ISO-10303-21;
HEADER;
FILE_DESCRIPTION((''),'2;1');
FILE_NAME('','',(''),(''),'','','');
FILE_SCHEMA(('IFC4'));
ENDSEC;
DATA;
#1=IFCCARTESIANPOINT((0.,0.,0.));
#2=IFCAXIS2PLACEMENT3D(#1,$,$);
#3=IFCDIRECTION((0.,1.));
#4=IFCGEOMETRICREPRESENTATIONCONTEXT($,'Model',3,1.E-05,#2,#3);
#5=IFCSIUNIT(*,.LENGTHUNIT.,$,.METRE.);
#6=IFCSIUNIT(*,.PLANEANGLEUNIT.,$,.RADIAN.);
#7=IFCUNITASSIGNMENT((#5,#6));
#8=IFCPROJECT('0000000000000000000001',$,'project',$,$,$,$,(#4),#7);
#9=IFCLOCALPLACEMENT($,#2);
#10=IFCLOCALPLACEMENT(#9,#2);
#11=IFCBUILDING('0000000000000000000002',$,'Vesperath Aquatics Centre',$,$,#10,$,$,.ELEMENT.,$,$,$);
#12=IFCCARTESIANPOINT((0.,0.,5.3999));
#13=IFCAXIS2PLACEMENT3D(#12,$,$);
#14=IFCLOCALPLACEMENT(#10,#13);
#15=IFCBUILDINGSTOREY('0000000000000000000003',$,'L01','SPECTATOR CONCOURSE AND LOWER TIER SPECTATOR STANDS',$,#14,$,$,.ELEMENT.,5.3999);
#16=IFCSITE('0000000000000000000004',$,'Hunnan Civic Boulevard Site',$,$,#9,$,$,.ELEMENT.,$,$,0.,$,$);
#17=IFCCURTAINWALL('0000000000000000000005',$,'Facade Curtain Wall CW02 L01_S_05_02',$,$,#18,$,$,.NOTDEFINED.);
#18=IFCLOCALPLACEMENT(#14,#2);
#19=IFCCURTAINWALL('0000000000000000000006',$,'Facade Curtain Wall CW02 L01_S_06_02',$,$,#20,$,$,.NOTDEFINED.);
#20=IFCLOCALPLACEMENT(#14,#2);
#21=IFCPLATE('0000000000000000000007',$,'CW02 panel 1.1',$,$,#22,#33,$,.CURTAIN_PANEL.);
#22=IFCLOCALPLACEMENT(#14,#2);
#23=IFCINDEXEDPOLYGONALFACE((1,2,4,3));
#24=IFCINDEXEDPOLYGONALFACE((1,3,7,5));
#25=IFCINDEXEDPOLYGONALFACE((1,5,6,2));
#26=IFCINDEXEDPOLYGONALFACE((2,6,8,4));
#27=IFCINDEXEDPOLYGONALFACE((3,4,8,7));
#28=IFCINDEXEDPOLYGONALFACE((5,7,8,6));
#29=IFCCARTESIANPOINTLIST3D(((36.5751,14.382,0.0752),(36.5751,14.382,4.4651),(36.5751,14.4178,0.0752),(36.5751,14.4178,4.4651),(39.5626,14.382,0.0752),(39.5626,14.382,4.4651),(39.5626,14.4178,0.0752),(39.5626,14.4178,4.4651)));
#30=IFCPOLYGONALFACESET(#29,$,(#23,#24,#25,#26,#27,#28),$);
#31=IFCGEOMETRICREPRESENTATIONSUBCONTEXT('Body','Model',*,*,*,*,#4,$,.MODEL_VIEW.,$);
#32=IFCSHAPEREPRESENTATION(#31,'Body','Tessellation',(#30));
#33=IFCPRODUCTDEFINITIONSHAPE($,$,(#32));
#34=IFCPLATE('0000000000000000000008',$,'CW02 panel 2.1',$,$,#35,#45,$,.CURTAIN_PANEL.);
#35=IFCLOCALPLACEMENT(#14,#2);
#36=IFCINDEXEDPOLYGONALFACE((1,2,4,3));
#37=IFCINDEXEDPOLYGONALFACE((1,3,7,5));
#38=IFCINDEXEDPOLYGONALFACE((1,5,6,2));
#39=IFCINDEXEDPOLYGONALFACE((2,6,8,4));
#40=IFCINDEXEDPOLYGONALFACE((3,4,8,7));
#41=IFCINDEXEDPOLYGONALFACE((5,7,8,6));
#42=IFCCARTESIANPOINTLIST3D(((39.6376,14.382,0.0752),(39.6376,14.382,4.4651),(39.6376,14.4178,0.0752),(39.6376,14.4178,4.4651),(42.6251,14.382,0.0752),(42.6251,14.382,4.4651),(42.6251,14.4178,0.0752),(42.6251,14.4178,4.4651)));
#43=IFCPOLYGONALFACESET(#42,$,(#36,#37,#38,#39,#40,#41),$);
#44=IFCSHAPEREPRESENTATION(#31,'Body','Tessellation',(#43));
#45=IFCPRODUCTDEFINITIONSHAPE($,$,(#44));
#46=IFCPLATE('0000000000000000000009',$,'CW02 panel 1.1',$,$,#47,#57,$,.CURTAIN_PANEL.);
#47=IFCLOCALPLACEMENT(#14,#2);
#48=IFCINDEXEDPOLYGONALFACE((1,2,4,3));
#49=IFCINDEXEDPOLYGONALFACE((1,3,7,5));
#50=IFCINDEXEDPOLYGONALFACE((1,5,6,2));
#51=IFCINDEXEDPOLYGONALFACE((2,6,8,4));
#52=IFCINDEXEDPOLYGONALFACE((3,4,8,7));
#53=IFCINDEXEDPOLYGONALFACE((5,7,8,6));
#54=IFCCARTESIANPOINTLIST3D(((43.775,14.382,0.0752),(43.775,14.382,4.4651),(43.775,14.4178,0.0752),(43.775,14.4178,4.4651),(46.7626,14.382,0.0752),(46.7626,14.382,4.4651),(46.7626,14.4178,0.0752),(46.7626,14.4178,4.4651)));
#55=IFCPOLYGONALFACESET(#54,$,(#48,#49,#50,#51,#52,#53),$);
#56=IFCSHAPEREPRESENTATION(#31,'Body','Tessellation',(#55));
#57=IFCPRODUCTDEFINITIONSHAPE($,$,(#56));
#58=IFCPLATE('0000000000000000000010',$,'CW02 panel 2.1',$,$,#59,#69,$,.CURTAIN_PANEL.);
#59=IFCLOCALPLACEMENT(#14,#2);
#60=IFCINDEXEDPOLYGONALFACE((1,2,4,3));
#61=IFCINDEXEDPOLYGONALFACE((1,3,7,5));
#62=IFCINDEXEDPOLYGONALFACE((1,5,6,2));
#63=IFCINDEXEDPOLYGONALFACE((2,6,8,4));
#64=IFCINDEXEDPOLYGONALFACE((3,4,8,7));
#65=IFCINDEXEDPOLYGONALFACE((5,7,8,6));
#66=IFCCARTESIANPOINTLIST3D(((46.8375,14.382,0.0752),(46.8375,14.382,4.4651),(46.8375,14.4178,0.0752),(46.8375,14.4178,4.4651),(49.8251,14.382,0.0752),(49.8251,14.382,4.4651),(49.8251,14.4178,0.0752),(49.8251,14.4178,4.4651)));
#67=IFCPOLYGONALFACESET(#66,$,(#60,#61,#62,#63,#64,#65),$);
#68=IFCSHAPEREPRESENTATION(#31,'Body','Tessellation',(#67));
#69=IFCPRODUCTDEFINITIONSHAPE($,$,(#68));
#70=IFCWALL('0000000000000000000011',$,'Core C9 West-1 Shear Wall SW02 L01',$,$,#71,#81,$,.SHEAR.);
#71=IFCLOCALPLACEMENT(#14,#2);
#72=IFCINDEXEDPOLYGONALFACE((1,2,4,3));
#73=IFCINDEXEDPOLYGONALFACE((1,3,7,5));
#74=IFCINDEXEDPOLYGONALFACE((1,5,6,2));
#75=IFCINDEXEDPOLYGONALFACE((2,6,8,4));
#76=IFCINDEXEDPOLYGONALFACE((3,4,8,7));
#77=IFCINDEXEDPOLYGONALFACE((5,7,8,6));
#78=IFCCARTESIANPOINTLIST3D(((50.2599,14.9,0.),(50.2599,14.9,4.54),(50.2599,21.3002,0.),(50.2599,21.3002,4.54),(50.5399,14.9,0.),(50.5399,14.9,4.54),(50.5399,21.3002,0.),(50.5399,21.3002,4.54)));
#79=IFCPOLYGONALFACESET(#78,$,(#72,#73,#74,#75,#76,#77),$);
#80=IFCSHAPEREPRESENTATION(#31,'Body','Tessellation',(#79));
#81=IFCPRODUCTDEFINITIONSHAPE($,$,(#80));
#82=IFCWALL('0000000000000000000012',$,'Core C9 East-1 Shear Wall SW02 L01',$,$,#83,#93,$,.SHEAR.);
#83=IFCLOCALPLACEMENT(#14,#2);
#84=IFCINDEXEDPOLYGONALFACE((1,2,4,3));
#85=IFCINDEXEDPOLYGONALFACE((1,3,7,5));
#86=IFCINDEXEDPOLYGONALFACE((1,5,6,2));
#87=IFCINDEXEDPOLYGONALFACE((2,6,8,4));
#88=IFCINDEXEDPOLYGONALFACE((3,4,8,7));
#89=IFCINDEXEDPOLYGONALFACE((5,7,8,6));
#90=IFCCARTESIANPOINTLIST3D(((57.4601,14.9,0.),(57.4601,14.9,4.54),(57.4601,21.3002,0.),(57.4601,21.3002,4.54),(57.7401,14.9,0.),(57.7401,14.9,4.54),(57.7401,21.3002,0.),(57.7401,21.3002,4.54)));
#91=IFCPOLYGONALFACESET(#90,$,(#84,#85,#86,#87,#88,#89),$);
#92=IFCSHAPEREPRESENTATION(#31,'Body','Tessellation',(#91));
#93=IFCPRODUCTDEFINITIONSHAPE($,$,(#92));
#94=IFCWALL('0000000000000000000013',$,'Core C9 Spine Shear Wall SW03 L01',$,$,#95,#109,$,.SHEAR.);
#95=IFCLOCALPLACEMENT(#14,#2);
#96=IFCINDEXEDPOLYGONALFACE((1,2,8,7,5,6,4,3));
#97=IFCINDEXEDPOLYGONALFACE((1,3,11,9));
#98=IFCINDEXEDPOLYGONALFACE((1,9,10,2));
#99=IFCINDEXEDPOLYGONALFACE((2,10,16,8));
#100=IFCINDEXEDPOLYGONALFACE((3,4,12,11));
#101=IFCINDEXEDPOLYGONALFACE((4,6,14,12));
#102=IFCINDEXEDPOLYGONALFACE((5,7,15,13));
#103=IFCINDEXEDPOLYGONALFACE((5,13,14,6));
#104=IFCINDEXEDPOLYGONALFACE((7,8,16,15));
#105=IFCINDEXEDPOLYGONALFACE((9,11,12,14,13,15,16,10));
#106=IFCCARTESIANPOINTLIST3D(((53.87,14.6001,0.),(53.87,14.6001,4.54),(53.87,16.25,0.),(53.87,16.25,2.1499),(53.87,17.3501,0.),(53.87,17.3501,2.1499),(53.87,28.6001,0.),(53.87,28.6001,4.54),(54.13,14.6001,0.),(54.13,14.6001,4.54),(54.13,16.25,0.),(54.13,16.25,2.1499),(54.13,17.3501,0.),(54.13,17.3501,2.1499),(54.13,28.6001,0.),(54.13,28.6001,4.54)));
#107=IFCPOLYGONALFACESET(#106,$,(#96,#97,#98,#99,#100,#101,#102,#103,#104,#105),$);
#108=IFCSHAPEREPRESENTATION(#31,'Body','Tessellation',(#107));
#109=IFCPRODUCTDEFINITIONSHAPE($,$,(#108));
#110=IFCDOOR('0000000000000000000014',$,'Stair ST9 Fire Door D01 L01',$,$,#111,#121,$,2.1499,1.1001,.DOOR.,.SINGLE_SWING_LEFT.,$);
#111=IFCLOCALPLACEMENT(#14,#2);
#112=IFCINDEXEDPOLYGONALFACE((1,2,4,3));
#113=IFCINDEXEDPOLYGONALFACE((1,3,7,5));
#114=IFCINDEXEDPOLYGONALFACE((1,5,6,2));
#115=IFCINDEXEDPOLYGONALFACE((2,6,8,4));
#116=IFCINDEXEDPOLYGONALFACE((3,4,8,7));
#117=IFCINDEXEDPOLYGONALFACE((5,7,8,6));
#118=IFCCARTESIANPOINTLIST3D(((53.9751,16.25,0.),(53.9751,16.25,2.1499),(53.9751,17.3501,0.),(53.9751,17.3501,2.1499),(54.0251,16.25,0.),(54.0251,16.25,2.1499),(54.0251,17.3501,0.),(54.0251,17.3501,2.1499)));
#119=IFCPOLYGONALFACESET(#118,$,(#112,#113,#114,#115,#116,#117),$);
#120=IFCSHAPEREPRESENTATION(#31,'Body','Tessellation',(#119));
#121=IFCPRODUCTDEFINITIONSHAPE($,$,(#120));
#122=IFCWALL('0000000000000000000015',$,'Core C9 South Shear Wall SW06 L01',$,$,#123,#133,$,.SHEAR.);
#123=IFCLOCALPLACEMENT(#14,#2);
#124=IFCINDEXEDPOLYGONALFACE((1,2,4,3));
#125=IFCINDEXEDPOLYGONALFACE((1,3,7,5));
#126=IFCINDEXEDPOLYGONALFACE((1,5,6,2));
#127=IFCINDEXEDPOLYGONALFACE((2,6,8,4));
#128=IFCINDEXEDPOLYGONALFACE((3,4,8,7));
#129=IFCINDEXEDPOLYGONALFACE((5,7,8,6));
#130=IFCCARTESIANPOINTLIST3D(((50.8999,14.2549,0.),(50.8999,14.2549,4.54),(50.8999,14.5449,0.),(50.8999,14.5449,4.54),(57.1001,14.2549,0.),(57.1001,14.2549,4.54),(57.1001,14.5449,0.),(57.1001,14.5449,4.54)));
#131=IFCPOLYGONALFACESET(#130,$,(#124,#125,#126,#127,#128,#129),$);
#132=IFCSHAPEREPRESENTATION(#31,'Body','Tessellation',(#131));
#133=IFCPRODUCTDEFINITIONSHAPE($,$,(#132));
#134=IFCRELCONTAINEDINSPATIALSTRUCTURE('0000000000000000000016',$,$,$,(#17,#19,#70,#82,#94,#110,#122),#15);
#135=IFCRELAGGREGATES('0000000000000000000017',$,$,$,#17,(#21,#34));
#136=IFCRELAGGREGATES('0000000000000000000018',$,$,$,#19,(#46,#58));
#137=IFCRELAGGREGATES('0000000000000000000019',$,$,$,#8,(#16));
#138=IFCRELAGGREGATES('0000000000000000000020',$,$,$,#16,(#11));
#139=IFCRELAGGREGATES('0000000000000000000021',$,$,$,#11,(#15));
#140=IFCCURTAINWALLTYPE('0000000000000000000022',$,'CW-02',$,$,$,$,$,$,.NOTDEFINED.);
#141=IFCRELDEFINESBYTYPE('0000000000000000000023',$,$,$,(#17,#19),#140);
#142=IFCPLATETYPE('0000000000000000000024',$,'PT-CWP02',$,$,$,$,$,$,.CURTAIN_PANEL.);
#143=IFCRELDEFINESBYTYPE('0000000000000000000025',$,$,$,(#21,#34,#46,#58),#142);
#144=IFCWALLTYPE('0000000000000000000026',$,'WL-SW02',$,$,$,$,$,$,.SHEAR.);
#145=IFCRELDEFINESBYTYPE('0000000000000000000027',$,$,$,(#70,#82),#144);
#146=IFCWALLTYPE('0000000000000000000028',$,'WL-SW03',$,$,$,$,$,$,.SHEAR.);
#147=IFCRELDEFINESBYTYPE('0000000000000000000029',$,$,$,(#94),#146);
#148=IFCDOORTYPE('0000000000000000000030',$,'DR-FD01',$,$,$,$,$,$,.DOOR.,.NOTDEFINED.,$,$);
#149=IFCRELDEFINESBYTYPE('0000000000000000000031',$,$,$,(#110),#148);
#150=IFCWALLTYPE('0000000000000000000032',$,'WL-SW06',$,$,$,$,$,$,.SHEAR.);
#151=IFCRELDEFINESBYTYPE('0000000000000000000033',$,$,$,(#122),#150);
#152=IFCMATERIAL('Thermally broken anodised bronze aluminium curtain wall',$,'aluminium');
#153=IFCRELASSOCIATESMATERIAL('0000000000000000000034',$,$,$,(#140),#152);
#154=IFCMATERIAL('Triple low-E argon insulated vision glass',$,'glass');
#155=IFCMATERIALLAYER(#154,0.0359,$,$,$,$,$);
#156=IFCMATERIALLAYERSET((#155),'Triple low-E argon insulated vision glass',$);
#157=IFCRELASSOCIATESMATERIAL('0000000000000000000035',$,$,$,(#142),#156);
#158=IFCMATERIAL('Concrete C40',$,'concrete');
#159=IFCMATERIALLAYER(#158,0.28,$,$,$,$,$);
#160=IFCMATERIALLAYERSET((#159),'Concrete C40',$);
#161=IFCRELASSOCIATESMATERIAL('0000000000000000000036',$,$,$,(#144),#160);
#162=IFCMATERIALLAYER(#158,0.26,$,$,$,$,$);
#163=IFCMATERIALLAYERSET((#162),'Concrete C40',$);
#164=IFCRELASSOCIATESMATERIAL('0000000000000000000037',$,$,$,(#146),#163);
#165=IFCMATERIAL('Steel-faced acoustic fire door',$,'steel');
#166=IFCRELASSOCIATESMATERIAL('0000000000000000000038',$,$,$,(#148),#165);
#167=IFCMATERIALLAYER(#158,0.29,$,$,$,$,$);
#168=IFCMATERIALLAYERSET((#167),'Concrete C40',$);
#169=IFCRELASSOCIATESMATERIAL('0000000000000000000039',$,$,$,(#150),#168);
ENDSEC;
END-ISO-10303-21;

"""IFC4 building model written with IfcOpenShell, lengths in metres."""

from ifc_helpers import new_model, si_unit, direction, frame, frame_2d, origin, origin_2d, place, context, subcontext, project, spatial, rectangle, extrude, material, layer, layer_set, type_object, element, fill, aggregate, save


model = new_model("IFC4")

# Units and contexts
model_context = context("Model", 3, precision=1e-05, world=origin(), true_north=direction((0.0, 1.0)))
body_context = subcontext(model_context, "Body", "Model", "MODEL_VIEW")
ifc_project = project(units=[si_unit("LENGTHUNIT", "METRE"), si_unit("PLANEANGLEUNIT", "RADIAN")], contexts=[model_context])

# Site, building, storey
site_placement = place(None, origin())
site = spatial("IfcSite", under=ifc_project, at=site_placement, Name="Hunnan Civic Boulevard Site", CompositionType="ELEMENT", RefElevation=0.0)
building_placement = place(site_placement, origin())
building = spatial("IfcBuilding", under=site, at=building_placement, Name="Vesperath Aquatics Centre", CompositionType="ELEMENT")
storey_placement = place(building_placement, frame((0.0, 0.0, 5.3999)))
storey = spatial("IfcBuildingStorey", under=building, at=storey_placement, Name="L01", Description="SPECTATOR CONCOURSE AND LOWER TIER SPECTATOR STANDS", CompositionType="ELEMENT", Elevation=5.3999)

# Shared definitions
ifc_material_1 = material(Name="Concrete C40", Category="concrete")

# Curtain walls
ifc_material_2 = material(Name="Thermally broken anodised bronze aluminium curtain wall", Category="aluminium")
curtain_wall_type = type_object("IfcCurtainWallType", Name="CW-02", PredefinedType="NOTDEFINED", material=ifc_material_2)
curtain_wall_1_placement = place(storey_placement, origin())
curtain_wall_1 = element("IfcCurtainWall", 1, at=curtain_wall_1_placement, inside=storey, type_object=curtain_wall_type, Name="Facade Curtain Wall CW02 L01_S_05_02", PredefinedType="NOTDEFINED")
curtain_wall_2_placement = place(storey_placement, origin())
curtain_wall_2 = element("IfcCurtainWall", 2, at=curtain_wall_2_placement, inside=storey, type_object=curtain_wall_type, Name="Facade Curtain Wall CW02 L01_S_06_02", PredefinedType="NOTDEFINED")

# Plates
ifc_material_3 = material(Name="Triple low-E argon insulated vision glass", Category="glass")
ifc_layer_1 = layer(ifc_material_3, 0.0359)
ifc_layer_set_1 = layer_set([ifc_layer_1], Name="Triple low-E argon insulated vision glass")
plate_type = type_object("IfcPlateType", Name="PT-CWP02", PredefinedType="CURTAIN_PANEL", material=ifc_layer_set_1)
plate_1_placement = place(storey_placement, frame((38.0688, 14.3999, 0.0752), z_axis=(0.0, 0.0, 1.0), x_axis=(1.0, 0.0, 0.0)))
plate_1 = element("IfcPlate", 3, at=plate_1_placement, type_object=plate_type, Name="CW02 panel 1.1", PredefinedType="CURTAIN_PANEL", context=body_context, shape_type="SweptSolid", body=[
    extrude(rectangle(XDim=2.9875, YDim=0.0359, at=origin_2d()), origin(), (0.0, 0.0, 1.0), 4.3899),
])
plate_2_placement = place(storey_placement, frame((41.1313, 14.3999, 0.0752), z_axis=(0.0, 0.0, 1.0), x_axis=(1.0, 0.0, 0.0)))
plate_2 = element("IfcPlate", 4, at=plate_2_placement, type_object=plate_type, Name="CW02 panel 2.1", PredefinedType="CURTAIN_PANEL", context=body_context, shape_type="SweptSolid", body=[
    extrude(rectangle(XDim=2.9875, YDim=0.0359, at=origin_2d()), origin(), (0.0, 0.0, 1.0), 4.3899),
])
aggregate(curtain_wall_1, [plate_1, plate_2])
plate_3_placement = place(storey_placement, frame((45.2688, 14.3999, 0.0752), z_axis=(0.0, 0.0, 1.0), x_axis=(1.0, 0.0, 0.0)))
plate_3 = element("IfcPlate", 5, at=plate_3_placement, type_object=plate_type, Name="CW02 panel 1.1", PredefinedType="CURTAIN_PANEL", context=body_context, shape_type="SweptSolid", body=[
    extrude(rectangle(XDim=2.9875, YDim=0.0359, at=origin_2d()), origin(), (0.0, 0.0, 1.0), 4.3899),
])
plate_4_placement = place(storey_placement, frame((48.3313, 14.3999, 0.0752), z_axis=(0.0, 0.0, 1.0), x_axis=(1.0, 0.0, 0.0)))
plate_4 = element("IfcPlate", 6, at=plate_4_placement, type_object=plate_type, Name="CW02 panel 2.1", PredefinedType="CURTAIN_PANEL", context=body_context, shape_type="SweptSolid", body=[
    extrude(rectangle(XDim=2.9875, YDim=0.0359, at=origin_2d()), origin(), (0.0, 0.0, 1.0), 4.3899),
])
aggregate(curtain_wall_2, [plate_3, plate_4])

# Walls
ifc_layer_2 = layer(ifc_material_1, 0.28)
ifc_layer_set_2 = layer_set([ifc_layer_2], Name="Concrete C40")
wall_type_1 = type_object("IfcWallType", Name="WL-SW02", PredefinedType="SHEAR", material=ifc_layer_set_2)
for number, where, z_axis, x_axis, name in (
    (7, (50.3999, 14.8999, 0.0), (0.0, 0.0, 1.0), (0.0, 1.0, 0.0), "Core C9 West-1 Shear Wall SW02 L01"),
    (8, (57.6001, 14.8999, 0.0), (0.0, 0.0, 1.0), (0.0, 1.0, 0.0), "Core C9 East-1 Shear Wall SW02 L01"),
):
    element("IfcWall", number, at=place(storey_placement, frame(where, z_axis=z_axis, x_axis=x_axis)), inside=storey, type_object=wall_type_1, Name=name, PredefinedType="SHEAR", context=body_context, shape_type="SweptSolid", body=[
        extrude(rectangle(XDim=6.4001, YDim=0.28, at=frame_2d((3.2002, 0.0))), origin(), (0.0, 0.0, 1.0), 4.54),
    ])

# Wall, opening, door
ifc_layer_3 = layer(ifc_material_1, 0.26)
ifc_layer_set_3 = layer_set([ifc_layer_3], Name="Concrete C40")
wall_type_2 = type_object("IfcWallType", Name="WL-SW03", PredefinedType="SHEAR", material=ifc_layer_set_3)
wall_1_placement = place(storey_placement, frame((54.0, 14.6001, 0.0), z_axis=(0.0, 0.0, 1.0), x_axis=(0.0, 1.0, 0.0)))
wall_1 = element("IfcWall", 9, at=wall_1_placement, inside=storey, type_object=wall_type_2, Name="Core C9 Spine Shear Wall SW03 L01", PredefinedType="SHEAR", context=body_context, shape_type="SweptSolid", body=[
    extrude(rectangle(XDim=14.0, YDim=0.26, at=frame_2d((7.0, 0.0))), origin(), (0.0, 0.0, 1.0), 4.54),
])
opening_placement = place(wall_1_placement, frame((1.6499, 0.0, 0.0)))
opening = element("IfcOpeningElement", 10, at=opening_placement, cuts=wall_1, PredefinedType="OPENING", context=body_context, shape_type="SweptSolid", body=[
    extrude(rectangle(XDim=1.1001, YDim=2.1499, at=frame_2d((0.55, 1.075))), frame((0.0, 0.145, 0.0), z_axis=(0.0, -1.0, 0.0), x_axis=(1.0, 0.0, 0.0)), (0.0, 0.0, 1.0), 0.2898),
])
ifc_material_4 = material(Name="Steel-faced acoustic fire door", Category="steel")
door_type = type_object("IfcDoorType", Name="DR-FD01", OperationType="NOTDEFINED", PredefinedType="DOOR", material=ifc_material_4)
door_placement = place(opening_placement, origin())
door = element("IfcDoor", 11, at=door_placement, inside=storey, type_object=door_type, Name="Stair ST9 Fire Door D01 L01", OperationType="SINGLE_SWING_LEFT", OverallHeight=2.1499, OverallWidth=1.1001, PredefinedType="DOOR", context=body_context, shape_type="SweptSolid", body=[
    extrude(rectangle(XDim=1.1001, YDim=2.1499, at=frame_2d((0.55, 1.075))), frame((0.0, 0.0249, 0.0), z_axis=(0.0, -1.0, 0.0), x_axis=(1.0, 0.0, 0.0)), (0.0, 0.0, 1.0), 0.05),
])
fill(opening, door)

# Wall
ifc_layer_4 = layer(ifc_material_1, 0.29)
ifc_layer_set_4 = layer_set([ifc_layer_4], Name="Concrete C40")
wall_type_3 = type_object("IfcWallType", Name="WL-SW06", PredefinedType="SHEAR", material=ifc_layer_set_4)
wall_2_placement = place(storey_placement, frame((50.8999, 14.3999, 0.0), z_axis=(0.0, 0.0, 1.0), x_axis=(1.0, 0.0, 0.0)))
element("IfcWall", 12, at=wall_2_placement, inside=storey, type_object=wall_type_3, Name="Core C9 South Shear Wall SW06 L01", PredefinedType="SHEAR", context=body_context, shape_type="SweptSolid", body=[
    extrude(rectangle(XDim=6.2002, YDim=0.29, at=frame_2d((3.1001, 0.0))), origin(), (0.0, 0.0, 1.0), 4.54),
])

save(model, "model.ifc")
